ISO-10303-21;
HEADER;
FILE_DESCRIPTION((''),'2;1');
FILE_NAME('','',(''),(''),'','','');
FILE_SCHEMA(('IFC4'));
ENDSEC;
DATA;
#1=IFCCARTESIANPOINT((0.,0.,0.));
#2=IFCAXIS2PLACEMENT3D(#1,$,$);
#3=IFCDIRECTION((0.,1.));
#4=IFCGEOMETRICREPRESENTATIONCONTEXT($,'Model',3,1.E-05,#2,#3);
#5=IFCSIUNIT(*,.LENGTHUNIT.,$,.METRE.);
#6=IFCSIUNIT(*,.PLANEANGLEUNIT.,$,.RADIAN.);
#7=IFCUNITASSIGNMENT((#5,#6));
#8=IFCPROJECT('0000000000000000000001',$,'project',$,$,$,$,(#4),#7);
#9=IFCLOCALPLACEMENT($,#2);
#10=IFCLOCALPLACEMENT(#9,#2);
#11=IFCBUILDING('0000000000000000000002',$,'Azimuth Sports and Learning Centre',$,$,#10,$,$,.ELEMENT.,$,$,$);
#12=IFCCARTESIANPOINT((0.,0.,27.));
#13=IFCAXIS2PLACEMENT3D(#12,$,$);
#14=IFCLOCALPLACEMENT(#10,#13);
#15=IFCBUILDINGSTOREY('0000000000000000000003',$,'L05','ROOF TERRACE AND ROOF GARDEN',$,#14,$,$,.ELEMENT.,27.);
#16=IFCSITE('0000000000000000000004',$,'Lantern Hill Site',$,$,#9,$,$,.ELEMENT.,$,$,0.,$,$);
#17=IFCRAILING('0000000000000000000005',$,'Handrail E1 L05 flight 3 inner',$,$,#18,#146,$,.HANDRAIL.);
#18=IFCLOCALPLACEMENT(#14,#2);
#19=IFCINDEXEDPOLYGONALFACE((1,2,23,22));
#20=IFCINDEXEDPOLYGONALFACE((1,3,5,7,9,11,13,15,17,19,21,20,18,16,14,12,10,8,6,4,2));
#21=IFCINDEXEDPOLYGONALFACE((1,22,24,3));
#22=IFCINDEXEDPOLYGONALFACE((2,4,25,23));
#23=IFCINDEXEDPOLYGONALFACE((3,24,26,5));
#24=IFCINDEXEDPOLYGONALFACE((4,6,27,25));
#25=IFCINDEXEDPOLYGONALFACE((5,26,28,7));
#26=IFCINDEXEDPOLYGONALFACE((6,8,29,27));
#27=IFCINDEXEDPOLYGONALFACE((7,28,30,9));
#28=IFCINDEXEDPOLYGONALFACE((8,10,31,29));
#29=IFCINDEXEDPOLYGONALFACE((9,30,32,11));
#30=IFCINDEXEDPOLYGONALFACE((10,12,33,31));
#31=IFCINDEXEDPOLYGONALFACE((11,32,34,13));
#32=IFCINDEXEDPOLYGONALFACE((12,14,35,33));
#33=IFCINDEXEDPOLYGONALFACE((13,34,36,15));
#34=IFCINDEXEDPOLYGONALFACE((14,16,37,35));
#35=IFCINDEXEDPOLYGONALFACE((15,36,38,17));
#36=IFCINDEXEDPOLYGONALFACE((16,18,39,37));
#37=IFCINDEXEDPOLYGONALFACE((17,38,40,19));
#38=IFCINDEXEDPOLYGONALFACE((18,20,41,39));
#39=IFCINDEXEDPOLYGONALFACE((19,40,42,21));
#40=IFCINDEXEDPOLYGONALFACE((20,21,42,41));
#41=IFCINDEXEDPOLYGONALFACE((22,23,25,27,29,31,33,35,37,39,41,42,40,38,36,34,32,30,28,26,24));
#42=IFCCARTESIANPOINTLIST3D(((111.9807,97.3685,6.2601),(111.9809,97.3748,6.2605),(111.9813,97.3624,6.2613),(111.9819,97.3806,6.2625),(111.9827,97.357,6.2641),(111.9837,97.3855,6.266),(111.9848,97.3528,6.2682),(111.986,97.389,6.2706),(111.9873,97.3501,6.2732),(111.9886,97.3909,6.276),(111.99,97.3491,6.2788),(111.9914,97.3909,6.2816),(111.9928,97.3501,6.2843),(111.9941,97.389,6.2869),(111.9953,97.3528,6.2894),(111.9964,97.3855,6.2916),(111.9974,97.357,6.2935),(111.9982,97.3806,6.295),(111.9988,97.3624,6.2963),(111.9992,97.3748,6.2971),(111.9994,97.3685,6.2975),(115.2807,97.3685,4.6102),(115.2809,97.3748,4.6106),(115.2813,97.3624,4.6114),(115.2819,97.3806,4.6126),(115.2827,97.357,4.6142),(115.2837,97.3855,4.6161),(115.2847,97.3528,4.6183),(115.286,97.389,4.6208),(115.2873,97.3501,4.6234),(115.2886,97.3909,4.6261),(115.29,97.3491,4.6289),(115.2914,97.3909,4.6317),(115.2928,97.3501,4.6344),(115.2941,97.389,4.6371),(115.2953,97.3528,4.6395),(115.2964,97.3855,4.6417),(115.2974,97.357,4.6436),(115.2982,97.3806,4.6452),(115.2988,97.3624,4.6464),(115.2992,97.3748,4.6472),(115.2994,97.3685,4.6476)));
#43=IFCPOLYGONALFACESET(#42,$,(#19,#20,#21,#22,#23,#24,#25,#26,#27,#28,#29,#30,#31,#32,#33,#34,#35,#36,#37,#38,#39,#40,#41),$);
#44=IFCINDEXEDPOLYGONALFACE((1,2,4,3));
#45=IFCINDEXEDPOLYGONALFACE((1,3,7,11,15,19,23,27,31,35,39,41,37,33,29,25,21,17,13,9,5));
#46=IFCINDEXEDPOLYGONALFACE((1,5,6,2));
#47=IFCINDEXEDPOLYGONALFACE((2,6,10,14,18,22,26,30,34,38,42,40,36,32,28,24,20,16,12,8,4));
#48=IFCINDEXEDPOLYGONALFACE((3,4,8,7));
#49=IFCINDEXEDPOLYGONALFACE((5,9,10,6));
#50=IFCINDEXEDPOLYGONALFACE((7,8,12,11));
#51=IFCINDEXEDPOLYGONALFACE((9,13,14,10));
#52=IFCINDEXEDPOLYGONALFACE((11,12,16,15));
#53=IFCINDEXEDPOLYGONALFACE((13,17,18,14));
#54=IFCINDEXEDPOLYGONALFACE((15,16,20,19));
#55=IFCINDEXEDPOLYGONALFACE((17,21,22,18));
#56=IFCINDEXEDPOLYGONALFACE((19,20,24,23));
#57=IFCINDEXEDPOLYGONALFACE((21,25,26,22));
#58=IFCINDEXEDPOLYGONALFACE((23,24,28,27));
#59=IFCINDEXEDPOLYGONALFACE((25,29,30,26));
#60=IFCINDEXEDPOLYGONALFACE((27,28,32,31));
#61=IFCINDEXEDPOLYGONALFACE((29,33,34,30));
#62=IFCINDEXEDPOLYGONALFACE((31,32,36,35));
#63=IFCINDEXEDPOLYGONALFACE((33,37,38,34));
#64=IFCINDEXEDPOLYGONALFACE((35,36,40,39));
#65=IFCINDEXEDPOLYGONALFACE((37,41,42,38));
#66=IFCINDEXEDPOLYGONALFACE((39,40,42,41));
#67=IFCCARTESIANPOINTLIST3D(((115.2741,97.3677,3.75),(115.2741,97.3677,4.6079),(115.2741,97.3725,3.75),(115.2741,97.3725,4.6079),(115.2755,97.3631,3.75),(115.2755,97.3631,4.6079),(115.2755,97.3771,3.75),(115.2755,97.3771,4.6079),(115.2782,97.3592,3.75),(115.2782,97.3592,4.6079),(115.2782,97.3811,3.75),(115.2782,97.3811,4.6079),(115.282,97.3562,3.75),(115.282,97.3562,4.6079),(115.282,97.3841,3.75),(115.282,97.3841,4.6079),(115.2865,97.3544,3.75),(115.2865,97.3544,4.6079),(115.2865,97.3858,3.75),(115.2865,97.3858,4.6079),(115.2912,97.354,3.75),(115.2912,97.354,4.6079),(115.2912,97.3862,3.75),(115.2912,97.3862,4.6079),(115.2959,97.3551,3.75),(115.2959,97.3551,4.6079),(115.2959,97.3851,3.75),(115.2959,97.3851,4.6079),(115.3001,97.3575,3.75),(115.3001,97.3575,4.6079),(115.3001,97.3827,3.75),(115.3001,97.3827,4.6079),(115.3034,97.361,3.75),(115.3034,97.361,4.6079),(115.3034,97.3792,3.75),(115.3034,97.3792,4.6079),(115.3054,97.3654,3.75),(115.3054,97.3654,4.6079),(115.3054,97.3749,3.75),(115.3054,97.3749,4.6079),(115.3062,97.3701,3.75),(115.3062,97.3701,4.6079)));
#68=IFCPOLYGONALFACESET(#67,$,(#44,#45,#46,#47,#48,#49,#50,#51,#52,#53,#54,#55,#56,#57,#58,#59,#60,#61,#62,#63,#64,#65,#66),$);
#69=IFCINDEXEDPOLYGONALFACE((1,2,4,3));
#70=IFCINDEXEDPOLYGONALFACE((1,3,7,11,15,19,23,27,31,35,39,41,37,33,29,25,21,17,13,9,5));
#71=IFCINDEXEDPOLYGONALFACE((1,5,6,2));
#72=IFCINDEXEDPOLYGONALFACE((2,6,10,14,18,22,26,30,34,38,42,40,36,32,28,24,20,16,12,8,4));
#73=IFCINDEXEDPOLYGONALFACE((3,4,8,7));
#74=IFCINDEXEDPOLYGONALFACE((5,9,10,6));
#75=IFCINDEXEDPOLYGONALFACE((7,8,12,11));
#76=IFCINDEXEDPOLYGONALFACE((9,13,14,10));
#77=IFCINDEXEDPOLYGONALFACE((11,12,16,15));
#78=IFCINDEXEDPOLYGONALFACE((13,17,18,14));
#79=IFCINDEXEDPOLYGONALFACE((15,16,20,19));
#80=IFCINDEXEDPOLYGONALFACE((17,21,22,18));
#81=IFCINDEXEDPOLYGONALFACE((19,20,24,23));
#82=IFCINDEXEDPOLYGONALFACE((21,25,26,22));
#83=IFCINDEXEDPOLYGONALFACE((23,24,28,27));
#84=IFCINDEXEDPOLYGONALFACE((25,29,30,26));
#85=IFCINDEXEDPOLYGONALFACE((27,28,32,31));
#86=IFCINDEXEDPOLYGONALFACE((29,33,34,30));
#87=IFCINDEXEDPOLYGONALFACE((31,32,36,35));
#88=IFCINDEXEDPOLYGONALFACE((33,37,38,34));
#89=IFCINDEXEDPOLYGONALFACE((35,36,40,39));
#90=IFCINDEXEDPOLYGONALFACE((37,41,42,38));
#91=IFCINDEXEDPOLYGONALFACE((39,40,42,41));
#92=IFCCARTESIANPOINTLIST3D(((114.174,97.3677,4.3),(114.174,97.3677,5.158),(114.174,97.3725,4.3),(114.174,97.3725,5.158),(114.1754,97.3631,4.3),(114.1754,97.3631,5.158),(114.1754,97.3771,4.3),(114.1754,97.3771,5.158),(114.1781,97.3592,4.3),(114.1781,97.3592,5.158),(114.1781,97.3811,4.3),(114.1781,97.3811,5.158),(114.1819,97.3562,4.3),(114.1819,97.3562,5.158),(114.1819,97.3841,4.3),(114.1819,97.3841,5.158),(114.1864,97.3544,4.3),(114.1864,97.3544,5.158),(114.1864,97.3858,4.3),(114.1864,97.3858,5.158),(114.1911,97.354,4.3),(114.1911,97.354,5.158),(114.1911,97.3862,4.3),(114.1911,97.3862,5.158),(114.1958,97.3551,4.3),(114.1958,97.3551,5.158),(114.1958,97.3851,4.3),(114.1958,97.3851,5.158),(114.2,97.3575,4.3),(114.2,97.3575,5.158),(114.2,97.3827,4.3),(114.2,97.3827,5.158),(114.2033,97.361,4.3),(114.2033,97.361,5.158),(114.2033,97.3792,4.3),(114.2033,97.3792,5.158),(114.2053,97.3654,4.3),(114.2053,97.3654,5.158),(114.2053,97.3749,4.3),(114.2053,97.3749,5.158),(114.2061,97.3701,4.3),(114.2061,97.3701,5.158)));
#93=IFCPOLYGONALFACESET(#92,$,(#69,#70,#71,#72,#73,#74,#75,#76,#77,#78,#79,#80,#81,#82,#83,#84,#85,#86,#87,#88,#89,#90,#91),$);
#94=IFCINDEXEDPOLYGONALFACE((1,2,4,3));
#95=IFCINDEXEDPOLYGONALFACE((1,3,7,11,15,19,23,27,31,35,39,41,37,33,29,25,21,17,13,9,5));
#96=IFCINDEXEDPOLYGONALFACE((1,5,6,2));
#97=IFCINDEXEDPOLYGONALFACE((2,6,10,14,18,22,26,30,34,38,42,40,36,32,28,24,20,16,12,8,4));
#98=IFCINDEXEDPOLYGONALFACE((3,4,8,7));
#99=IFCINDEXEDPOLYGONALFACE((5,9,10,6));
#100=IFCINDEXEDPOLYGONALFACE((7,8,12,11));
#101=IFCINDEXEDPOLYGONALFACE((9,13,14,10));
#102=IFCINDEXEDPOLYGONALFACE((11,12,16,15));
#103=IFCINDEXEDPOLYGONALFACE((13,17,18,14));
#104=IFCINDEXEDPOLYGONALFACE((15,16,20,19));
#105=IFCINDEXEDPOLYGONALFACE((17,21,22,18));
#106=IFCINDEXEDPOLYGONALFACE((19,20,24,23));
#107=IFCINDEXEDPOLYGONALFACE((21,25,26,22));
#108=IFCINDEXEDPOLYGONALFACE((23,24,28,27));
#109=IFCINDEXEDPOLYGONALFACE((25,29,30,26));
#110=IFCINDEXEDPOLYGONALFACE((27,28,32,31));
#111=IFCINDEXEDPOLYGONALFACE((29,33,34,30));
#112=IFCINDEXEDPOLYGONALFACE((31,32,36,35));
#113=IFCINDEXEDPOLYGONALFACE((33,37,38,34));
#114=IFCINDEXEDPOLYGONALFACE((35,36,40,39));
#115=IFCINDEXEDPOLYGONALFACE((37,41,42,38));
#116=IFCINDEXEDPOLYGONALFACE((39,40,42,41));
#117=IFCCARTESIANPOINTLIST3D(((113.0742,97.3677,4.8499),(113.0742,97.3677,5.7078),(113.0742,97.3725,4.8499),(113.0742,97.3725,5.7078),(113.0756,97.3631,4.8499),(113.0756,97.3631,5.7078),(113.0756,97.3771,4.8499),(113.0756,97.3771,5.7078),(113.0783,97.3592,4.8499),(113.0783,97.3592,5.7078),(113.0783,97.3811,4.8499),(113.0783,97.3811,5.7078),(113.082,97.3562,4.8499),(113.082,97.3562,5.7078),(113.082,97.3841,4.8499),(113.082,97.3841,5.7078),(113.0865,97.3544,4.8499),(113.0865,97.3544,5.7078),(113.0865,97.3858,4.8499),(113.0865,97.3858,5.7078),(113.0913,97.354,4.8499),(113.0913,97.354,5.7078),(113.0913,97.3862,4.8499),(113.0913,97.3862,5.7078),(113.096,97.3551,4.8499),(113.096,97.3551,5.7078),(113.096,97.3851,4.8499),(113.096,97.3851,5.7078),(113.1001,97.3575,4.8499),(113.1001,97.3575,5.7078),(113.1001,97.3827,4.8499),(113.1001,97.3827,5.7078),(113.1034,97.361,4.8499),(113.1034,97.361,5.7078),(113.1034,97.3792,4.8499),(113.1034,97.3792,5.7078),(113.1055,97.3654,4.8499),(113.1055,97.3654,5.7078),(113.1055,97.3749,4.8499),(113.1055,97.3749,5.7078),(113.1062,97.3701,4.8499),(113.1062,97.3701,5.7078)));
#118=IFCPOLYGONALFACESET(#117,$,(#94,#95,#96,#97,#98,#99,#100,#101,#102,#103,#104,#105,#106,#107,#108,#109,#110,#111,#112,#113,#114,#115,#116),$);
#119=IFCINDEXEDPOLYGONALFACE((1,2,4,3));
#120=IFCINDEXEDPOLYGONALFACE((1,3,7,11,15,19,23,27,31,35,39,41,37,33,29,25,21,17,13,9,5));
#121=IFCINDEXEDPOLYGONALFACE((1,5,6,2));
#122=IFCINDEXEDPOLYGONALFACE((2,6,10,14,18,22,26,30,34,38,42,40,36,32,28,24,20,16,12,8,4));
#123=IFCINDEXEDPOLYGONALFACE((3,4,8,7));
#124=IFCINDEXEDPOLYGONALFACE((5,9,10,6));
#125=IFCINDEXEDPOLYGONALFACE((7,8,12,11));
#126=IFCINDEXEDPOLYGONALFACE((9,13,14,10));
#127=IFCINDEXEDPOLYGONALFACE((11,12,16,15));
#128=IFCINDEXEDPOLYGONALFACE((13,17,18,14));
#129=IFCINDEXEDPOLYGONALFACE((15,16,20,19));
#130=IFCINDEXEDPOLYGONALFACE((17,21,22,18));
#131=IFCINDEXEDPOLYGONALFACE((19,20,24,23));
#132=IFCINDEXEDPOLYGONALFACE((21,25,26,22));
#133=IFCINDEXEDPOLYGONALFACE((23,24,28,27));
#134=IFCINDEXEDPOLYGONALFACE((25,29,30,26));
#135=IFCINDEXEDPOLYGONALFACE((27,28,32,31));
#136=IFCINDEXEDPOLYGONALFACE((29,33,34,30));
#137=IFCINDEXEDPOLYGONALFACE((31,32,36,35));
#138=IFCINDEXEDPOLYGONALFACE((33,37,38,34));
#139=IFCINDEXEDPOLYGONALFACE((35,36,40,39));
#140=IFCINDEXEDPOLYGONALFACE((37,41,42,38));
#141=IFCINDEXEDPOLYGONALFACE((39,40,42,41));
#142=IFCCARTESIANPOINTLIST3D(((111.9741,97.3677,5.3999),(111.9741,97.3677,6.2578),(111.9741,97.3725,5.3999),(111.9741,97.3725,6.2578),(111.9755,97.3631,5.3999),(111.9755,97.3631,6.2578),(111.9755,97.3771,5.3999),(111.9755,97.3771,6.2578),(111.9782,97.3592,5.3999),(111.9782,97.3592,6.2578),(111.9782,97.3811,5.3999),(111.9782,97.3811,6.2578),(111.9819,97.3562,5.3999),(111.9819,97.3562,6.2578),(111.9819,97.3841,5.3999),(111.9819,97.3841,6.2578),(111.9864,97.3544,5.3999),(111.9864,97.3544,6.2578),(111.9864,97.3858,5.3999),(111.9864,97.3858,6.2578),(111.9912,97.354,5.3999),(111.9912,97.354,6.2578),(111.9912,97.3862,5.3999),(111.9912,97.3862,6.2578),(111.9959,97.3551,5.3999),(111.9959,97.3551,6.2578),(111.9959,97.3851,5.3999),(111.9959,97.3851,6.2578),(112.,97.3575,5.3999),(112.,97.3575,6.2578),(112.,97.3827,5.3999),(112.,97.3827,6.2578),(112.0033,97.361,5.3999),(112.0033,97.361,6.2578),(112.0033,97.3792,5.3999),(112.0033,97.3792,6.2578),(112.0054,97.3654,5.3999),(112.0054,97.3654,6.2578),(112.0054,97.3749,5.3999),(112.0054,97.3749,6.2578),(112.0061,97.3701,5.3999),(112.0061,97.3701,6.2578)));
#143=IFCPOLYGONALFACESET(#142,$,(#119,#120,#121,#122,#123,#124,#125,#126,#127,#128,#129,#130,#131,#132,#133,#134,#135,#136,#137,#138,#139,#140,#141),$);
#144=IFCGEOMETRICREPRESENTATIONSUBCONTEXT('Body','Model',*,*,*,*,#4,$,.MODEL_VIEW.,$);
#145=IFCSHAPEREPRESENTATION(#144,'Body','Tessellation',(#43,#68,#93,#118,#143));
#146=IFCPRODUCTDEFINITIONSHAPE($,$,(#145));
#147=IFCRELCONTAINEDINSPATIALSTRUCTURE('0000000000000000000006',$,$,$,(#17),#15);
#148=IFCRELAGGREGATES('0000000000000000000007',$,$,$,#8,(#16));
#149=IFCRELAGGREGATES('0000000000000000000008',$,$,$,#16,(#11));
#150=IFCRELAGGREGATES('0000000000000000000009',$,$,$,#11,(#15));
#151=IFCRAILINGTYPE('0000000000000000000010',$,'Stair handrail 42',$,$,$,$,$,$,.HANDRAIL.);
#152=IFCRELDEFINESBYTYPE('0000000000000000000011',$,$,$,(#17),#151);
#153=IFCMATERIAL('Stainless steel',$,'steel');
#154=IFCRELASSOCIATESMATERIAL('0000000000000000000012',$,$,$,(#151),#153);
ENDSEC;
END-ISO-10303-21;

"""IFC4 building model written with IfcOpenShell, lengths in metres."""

from ifc_helpers import new_model, si_unit, direction, frame, origin, origin_2d, place, context, subcontext, project, spatial, circle, extrude, material, type_object, element, save


model = new_model("IFC4")

# Units and contexts
model_context = context("Model", 3, precision=1e-05, world=origin(), true_north=direction((0.0, 1.0)))
body_context = subcontext(model_context, "Body", "Model", "MODEL_VIEW")
ifc_project = project(units=[si_unit("LENGTHUNIT", "METRE"), si_unit("PLANEANGLEUNIT", "RADIAN")], contexts=[model_context])

# Site, building, storey
site_placement = place(None, origin())
site = spatial("IfcSite", under=ifc_project, at=site_placement, Name="Lantern Hill Site", CompositionType="ELEMENT", RefElevation=0.0)
building_placement = place(site_placement, origin())
building = spatial("IfcBuilding", under=site, at=building_placement, Name="Azimuth Sports and Learning Centre", CompositionType="ELEMENT")
storey_placement = place(building_placement, frame((0.0, 0.0, 27.0)))
storey = spatial("IfcBuildingStorey", under=building, at=storey_placement, Name="L05", Description="ROOF TERRACE AND ROOF GARDEN", CompositionType="ELEMENT", Elevation=27.0)

# Railing
ifc_material_1 = material(Name="Stainless steel", Category="steel")
railing_type_1 = type_object("IfcRailingType", Name="Stair handrail 42", PredefinedType="HANDRAIL", material=ifc_material_1)
for number, where, name in (
    (1, (115.29, 97.3701, 3.75), "Handrail E1 L05 flight 3 inner"),
):
    element("IfcRailing", number, at=place(storey_placement, frame(where)), inside=storey, type_object=railing_type_1, Name=name, PredefinedType="HANDRAIL", context=body_context, shape_type="SweptSolid", body=[
        extrude(circle(Radius=0.021, at=origin_2d()), frame((0.0, 0.0, 0.8789), z_axis=(-0.89444, 0.0, 0.447187), x_axis=(0.0, -1.0, 0.0)), (0.0, 0.0, 1.0), 3.6895),
        extrude(circle(Radius=0.0161, at=origin_2d()), origin(), (0.0, 0.0, 1.0), 0.8579),
        extrude(circle(Radius=0.0161, at=origin_2d()), frame((-1.1001, 0.0, 0.55)), (0.0, 0.0, 1.0), 0.8579),
        extrude(circle(Radius=0.0161, at=origin_2d()), frame((-2.2, 0.0, 1.0999)), (0.0, 0.0, 1.0), 0.8579),
        extrude(circle(Radius=0.0161, at=origin_2d()), frame((-3.3, 0.0, 1.6499)), (0.0, 0.0, 1.0), 0.8579),
    ])

save(model, "model.ifc")
